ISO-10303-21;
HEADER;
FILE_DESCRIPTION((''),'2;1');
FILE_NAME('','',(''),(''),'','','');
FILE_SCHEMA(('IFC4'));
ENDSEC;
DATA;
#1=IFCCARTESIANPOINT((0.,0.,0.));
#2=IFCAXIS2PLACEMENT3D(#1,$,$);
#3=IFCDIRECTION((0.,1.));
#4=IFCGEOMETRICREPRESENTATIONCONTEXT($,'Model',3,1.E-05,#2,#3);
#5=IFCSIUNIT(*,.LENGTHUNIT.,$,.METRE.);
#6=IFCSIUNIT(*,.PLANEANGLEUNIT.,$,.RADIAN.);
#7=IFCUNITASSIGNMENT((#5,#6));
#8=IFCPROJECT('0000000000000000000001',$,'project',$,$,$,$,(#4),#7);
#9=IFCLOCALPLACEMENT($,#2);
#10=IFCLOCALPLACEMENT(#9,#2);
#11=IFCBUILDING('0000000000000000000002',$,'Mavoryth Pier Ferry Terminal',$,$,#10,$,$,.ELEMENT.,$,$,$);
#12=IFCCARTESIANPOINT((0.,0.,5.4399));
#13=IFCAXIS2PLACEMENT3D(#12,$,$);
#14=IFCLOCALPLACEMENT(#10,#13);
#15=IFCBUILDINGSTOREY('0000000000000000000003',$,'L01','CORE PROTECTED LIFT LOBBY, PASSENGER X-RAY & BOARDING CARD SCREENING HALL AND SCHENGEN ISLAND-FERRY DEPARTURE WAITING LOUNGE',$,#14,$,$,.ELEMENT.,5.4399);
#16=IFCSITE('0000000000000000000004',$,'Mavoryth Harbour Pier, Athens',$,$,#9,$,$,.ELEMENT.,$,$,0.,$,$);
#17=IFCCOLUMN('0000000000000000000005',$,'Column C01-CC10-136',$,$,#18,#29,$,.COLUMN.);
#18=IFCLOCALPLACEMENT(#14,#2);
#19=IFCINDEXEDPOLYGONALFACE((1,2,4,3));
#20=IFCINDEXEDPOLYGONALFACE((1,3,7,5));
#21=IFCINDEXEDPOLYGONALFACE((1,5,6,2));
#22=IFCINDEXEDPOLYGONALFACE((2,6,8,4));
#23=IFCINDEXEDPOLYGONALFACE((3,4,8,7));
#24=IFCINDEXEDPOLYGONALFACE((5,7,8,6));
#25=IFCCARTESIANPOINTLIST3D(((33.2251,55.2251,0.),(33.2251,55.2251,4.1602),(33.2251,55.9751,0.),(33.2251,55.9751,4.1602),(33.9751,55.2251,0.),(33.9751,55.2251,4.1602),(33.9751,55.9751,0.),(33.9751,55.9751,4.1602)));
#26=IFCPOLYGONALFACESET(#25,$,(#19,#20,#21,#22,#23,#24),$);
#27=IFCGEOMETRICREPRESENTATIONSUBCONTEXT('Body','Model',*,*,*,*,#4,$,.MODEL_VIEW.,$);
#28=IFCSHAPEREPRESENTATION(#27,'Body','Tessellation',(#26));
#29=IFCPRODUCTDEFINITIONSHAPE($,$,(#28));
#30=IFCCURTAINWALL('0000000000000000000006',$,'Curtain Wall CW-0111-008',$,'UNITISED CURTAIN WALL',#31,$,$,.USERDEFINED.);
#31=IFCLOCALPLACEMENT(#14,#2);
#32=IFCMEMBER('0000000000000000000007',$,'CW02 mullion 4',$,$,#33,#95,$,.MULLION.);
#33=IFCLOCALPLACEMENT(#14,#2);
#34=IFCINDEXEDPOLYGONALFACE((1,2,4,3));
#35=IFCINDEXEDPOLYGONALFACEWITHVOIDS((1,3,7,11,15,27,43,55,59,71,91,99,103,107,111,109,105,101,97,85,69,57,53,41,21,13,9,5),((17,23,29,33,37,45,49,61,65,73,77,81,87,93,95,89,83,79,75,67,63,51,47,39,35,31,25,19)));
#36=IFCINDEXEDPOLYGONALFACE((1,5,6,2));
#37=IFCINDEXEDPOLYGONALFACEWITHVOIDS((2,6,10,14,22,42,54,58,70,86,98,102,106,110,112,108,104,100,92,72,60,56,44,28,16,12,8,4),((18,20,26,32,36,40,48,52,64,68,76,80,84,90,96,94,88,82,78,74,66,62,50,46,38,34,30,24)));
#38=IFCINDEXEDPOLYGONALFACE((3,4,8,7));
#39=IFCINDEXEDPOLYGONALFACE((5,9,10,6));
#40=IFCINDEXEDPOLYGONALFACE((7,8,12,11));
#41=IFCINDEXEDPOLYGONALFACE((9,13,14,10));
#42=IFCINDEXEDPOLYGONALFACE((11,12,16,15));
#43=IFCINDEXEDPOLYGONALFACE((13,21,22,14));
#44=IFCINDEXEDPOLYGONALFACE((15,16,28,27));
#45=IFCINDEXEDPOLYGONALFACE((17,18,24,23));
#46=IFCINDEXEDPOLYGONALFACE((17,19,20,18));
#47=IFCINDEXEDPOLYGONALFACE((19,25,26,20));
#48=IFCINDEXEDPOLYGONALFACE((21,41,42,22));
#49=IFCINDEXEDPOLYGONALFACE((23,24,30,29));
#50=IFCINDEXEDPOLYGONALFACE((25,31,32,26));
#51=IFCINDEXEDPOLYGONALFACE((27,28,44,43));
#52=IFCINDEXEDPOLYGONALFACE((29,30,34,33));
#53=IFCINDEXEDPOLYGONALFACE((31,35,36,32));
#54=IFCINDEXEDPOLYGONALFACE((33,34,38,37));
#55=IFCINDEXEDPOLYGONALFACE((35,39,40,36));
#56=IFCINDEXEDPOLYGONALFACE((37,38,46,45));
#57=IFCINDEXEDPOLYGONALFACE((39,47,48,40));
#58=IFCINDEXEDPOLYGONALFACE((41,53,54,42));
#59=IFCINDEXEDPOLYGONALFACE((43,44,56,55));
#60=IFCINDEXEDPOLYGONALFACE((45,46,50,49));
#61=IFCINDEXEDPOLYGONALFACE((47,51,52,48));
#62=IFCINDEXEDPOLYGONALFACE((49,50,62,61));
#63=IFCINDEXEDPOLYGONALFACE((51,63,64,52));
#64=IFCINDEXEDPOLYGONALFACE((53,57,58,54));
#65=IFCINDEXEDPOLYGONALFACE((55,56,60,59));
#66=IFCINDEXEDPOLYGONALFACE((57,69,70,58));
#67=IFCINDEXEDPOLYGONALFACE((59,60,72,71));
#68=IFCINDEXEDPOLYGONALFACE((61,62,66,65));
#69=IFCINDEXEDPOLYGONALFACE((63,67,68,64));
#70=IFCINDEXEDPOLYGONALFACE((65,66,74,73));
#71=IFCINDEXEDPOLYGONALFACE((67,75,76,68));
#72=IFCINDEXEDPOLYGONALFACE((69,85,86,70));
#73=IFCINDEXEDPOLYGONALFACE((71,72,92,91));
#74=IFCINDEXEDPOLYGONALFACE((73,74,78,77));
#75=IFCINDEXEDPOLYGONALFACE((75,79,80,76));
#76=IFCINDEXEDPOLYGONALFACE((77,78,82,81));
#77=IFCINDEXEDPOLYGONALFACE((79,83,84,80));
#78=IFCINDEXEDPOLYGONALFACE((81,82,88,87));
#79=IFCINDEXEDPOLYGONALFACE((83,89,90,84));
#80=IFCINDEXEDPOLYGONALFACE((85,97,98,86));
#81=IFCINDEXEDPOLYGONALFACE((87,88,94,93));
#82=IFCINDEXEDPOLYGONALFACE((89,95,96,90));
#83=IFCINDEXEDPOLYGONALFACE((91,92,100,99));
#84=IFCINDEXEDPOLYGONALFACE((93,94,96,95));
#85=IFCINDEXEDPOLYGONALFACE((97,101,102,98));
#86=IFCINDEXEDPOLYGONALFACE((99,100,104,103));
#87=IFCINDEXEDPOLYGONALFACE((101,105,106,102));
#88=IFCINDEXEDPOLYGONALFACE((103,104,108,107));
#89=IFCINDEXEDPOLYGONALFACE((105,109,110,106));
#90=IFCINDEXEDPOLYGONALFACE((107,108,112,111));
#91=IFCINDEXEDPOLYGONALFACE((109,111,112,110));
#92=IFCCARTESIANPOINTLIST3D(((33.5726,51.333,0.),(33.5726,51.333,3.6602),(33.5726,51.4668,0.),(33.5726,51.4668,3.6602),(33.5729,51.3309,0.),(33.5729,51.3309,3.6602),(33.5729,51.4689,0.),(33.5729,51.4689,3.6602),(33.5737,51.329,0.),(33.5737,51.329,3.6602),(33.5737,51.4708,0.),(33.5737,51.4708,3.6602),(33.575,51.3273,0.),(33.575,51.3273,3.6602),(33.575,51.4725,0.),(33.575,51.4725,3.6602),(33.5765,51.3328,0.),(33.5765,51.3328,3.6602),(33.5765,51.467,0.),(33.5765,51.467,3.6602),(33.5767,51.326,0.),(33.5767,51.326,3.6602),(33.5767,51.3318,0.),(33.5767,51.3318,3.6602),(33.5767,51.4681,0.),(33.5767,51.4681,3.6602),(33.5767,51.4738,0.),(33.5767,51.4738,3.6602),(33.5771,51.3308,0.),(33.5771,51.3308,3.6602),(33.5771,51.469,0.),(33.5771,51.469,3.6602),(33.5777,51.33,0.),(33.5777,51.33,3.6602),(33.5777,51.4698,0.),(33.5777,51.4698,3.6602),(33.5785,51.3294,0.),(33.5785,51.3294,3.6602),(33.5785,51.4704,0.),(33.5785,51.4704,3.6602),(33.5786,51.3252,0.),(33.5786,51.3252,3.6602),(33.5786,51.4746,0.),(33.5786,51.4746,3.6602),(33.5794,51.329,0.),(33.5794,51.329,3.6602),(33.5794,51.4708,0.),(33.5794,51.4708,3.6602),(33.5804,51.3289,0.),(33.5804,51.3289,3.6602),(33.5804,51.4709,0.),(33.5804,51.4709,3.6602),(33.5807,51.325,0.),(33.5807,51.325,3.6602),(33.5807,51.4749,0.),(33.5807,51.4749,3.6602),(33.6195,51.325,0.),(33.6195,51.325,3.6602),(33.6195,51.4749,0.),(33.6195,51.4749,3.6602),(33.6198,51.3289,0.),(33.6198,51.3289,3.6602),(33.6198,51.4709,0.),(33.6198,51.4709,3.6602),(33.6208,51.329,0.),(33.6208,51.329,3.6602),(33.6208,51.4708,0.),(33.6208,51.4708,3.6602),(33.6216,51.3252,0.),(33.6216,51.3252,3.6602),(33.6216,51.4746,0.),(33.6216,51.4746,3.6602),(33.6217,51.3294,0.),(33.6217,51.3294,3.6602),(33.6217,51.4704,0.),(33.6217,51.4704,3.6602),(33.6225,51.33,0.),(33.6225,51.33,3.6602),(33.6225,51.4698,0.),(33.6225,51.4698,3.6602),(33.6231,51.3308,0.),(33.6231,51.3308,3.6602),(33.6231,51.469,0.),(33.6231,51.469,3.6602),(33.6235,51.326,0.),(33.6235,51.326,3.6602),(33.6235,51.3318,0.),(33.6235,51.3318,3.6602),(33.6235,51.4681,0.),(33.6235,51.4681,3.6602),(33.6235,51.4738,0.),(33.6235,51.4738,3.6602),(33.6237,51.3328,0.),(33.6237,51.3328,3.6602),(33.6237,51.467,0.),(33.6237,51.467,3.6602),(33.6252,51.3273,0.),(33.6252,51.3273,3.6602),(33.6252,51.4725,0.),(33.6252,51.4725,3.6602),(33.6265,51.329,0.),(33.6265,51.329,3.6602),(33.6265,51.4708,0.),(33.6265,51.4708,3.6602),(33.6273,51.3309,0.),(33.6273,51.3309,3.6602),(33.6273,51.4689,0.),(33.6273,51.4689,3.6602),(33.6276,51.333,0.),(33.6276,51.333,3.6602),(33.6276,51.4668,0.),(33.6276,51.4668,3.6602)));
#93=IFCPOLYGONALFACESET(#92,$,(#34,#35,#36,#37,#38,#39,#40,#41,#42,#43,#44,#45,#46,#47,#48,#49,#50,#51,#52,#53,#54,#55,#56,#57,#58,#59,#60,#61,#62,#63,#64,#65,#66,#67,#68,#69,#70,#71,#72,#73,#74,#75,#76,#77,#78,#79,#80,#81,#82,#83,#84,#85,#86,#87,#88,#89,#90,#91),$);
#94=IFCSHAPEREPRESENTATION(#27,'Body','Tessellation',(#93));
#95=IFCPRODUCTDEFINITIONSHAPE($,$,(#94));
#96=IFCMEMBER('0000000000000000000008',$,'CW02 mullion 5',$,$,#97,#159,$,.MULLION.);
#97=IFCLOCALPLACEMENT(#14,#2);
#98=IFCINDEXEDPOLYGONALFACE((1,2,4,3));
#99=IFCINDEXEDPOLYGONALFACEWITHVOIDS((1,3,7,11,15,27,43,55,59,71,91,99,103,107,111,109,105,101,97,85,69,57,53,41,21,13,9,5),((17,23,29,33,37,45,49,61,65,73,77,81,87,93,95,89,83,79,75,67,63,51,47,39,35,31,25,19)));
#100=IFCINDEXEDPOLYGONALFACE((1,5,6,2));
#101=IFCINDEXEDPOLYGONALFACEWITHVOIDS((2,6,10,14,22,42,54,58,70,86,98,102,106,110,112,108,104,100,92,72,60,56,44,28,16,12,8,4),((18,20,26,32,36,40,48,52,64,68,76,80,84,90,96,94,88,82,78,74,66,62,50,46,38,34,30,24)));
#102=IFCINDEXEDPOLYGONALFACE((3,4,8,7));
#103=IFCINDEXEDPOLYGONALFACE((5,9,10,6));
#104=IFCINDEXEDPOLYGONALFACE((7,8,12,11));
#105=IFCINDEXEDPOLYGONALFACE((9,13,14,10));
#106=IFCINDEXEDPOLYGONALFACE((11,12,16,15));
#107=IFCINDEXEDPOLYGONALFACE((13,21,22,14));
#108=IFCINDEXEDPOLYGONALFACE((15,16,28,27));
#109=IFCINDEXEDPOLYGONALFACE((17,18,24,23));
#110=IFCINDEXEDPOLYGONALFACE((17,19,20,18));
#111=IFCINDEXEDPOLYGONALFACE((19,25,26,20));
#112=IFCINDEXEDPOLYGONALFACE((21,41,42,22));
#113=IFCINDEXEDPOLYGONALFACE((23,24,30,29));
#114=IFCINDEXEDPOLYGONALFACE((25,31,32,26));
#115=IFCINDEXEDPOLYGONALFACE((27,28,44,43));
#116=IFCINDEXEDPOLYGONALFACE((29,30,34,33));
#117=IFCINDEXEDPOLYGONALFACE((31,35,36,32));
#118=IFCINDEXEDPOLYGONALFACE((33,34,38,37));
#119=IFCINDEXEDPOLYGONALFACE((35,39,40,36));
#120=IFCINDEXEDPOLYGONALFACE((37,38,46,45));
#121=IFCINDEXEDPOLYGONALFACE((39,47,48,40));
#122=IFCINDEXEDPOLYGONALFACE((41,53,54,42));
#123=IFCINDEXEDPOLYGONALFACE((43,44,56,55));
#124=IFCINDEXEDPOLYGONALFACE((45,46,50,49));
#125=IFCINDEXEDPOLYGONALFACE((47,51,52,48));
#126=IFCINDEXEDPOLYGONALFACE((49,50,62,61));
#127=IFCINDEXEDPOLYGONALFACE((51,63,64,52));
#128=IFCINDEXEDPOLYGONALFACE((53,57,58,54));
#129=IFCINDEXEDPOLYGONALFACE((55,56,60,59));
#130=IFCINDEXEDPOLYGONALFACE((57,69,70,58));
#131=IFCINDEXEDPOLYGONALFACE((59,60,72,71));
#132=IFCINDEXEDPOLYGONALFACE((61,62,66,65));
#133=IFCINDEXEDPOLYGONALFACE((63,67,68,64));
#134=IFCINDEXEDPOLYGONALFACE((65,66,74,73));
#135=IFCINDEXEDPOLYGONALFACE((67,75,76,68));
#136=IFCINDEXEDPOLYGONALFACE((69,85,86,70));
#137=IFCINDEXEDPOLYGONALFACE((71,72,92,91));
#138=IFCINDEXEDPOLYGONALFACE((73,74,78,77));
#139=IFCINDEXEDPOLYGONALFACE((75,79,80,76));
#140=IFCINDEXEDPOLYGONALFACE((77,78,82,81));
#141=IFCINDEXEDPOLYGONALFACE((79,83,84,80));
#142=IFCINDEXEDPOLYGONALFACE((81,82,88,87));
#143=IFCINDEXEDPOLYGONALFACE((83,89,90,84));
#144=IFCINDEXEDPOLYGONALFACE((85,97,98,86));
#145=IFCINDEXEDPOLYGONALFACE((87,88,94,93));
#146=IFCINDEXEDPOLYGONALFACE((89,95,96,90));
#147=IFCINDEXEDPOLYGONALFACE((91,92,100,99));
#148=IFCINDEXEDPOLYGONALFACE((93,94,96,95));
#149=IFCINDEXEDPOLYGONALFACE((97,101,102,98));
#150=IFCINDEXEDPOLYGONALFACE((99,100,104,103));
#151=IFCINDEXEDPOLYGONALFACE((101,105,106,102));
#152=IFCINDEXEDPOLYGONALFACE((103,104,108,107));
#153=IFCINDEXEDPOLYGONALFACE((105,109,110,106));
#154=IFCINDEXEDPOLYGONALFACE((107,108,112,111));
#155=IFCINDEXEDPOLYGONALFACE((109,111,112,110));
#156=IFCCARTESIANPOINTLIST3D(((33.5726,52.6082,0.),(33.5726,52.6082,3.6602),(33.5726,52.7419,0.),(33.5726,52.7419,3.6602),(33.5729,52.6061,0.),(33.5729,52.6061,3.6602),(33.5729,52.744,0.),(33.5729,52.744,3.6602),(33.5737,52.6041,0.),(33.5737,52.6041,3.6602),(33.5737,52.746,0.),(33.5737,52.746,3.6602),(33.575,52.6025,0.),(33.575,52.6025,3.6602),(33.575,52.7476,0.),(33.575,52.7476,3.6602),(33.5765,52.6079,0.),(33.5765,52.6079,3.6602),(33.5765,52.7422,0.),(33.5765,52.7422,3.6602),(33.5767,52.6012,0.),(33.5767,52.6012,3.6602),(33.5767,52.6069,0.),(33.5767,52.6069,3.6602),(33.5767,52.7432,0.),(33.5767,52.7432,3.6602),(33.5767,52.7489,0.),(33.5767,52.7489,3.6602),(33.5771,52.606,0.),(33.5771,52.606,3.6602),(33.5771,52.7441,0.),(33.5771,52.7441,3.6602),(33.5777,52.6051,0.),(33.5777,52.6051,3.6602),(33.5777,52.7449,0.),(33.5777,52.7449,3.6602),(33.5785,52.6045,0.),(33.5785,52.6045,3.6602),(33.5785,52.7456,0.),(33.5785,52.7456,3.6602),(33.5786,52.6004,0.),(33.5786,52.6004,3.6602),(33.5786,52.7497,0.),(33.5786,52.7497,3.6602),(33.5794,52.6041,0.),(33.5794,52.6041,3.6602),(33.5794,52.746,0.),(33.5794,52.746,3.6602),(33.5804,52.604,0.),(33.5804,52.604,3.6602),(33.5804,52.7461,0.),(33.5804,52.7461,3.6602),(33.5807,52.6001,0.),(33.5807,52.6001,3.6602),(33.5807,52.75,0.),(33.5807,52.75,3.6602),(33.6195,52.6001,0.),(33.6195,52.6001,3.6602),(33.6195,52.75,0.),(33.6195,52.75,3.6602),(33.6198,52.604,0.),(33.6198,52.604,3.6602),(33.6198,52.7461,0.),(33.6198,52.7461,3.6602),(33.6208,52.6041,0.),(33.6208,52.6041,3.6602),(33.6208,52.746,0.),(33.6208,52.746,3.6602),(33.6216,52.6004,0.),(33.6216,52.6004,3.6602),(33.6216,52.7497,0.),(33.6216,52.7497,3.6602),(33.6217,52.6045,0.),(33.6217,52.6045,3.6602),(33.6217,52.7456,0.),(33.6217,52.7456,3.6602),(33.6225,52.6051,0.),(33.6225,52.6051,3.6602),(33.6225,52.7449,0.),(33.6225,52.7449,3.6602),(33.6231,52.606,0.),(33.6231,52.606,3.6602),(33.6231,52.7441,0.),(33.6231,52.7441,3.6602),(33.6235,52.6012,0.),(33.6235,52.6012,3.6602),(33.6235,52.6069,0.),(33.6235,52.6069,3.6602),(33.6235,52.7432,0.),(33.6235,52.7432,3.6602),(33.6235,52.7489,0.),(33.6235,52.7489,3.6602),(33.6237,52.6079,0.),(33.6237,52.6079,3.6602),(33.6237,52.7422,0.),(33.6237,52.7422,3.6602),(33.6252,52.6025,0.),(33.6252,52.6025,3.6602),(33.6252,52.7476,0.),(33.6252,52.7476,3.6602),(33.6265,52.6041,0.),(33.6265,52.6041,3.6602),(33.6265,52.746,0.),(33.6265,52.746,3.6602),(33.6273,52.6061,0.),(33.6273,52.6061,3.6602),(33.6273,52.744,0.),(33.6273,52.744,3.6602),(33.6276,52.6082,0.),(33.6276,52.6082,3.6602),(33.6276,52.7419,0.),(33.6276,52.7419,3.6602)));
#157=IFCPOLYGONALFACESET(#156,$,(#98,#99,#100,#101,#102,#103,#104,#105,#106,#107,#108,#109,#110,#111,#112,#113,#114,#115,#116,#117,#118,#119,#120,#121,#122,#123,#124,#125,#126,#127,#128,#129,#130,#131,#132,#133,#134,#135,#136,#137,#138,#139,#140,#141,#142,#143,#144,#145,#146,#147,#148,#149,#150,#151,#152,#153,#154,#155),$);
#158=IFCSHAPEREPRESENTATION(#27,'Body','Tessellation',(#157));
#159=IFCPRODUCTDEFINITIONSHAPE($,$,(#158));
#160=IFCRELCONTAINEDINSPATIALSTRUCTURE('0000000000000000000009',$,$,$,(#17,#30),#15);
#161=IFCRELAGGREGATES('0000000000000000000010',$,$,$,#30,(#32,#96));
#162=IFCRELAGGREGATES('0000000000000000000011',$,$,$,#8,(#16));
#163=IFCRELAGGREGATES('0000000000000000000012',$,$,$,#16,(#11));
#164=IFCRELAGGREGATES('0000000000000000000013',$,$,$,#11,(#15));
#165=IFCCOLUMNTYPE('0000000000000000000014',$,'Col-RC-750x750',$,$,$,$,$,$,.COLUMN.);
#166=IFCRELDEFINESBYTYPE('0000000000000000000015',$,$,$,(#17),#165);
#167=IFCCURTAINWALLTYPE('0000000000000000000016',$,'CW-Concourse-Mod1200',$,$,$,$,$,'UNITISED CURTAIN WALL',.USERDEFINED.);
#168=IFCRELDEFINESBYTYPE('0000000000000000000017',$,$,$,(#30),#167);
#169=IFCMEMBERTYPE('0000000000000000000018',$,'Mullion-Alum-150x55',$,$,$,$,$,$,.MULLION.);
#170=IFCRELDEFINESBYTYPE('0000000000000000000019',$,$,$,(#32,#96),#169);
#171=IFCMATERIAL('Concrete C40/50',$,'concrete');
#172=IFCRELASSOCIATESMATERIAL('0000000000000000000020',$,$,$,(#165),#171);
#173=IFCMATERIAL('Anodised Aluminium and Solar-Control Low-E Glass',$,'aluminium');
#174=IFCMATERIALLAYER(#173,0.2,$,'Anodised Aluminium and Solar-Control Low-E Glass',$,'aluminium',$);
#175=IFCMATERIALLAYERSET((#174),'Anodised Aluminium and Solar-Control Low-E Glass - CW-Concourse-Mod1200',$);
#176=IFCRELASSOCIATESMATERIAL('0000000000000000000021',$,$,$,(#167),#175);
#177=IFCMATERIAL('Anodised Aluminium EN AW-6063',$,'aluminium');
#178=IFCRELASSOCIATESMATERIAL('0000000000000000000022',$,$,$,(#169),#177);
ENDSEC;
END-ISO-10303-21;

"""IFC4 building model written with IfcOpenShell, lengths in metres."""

from ifc_helpers import new_model, si_unit, direction, frame, origin, origin_2d, place, context, subcontext, project, spatial, rectangle, hollow_rectangle, extrude, material, layer, layer_set, material_profile, profile_set, type_object, element, aggregate, save


model = new_model("IFC4")

# Units and contexts
model_context = context("Model", 3, precision=1e-05, world=origin(), true_north=direction((0.0, 1.0)))
body_context = subcontext(model_context, "Body", "Model", "MODEL_VIEW")
ifc_project = project(units=[si_unit("LENGTHUNIT", "METRE"), si_unit("PLANEANGLEUNIT", "RADIAN")], contexts=[model_context])

# Site, building, storey
site_placement = place(None, origin())
site = spatial("IfcSite", under=ifc_project, at=site_placement, Name="Mavoryth Harbour Pier, Athens", CompositionType="ELEMENT", RefElevation=0.0)
building_placement = place(site_placement, origin())
building = spatial("IfcBuilding", under=site, at=building_placement, Name="Mavoryth Pier Ferry Terminal", CompositionType="ELEMENT")
storey_placement = place(building_placement, frame((0.0, 0.0, 5.4399)))
storey = spatial("IfcBuildingStorey", under=building, at=storey_placement, Name="L01", Description="CORE PROTECTED LIFT LOBBY, PASSENGER X-RAY & BOARDING CARD SCREENING HALL AND SCHENGEN ISLAND-FERRY DEPARTURE WAITING LOUNGE", CompositionType="ELEMENT", Elevation=5.4399)

# Column
ifc_material_1 = material(Name="Concrete C40/50", Category="concrete")
ifc_material_profile_1 = material_profile(ifc_material_1, rectangle(XDim=0.75, YDim=0.75, at=origin_2d()), Name="RC 750x750", Category="concrete")
ifc_profile_set_1 = profile_set([ifc_material_profile_1], Name="Concrete C40/50 - RC 750x750")
column_type = type_object("IfcColumnType", Name="Col-RC-750x750", PredefinedType="COLUMN", material=ifc_profile_set_1)
column_placement = place(storey_placement, frame((33.6001, 55.6001, 0.0), z_axis=(0.0, 0.0, 1.0), x_axis=(1.0, 0.0, 0.0)))
element("IfcColumn", 1, at=column_placement, inside=storey, type_object=column_type, Name="Column C01-CC10-136", PredefinedType="COLUMN", context=body_context, shape_type="SweptSolid", body=[
    extrude(rectangle(XDim=0.75, YDim=0.75, at=origin_2d()), origin(), (0.0, 0.0, 1.0), 4.1602),
])

# Curtain wall, members
ifc_material_2 = material(Name="Anodised Aluminium and Solar-Control Low-E Glass", Category="aluminium")
ifc_layer_1 = layer(ifc_material_2, 0.2, Name="Anodised Aluminium and Solar-Control Low-E Glass", Category="aluminium")
ifc_layer_set_1 = layer_set([ifc_layer_1], Name="Anodised Aluminium and Solar-Control Low-E Glass - CW-Concourse-Mod1200")
curtain_wall_type = type_object("IfcCurtainWallType", Name="CW-Concourse-Mod1200", ElementType="UNITISED CURTAIN WALL", PredefinedType="USERDEFINED", material=ifc_layer_set_1)
curtain_wall_1_placement = place(storey_placement, origin())
curtain_wall_1 = element("IfcCurtainWall", 2, at=curtain_wall_1_placement, inside=storey, type_object=curtain_wall_type, Name="Curtain Wall CW-0111-008", ObjectType="UNITISED CURTAIN WALL", PredefinedType="USERDEFINED")
ifc_material_3 = material(Name="Anodised Aluminium EN AW-6063", Category="aluminium")
ifc_material_profile_2 = material_profile(ifc_material_3, hollow_rectangle(XDim=0.0549, YDim=0.1499, WallThickness=0.0039, InnerFilletRadius=0.0039, OuterFilletRadius=0.0081, at=origin_2d()), Name="AL-MULL 150x55x4", Category="aluminium")
ifc_profile_set_2 = profile_set([ifc_material_profile_2], Name="Anodised Aluminium EN AW-6063 - AL-MULL 150x55x4")
member_type_1 = type_object("IfcMemberType", Name="Mullion-Alum-150x55", PredefinedType="MULLION", material=ifc_profile_set_2)
member_1_placement = place(storey_placement, frame((33.6001, 51.3999, 0.0), z_axis=(0.0, 0.0, 1.0), x_axis=(-1.0, 0.0, 0.0)))
member_1 = element("IfcMember", 3, at=member_1_placement, type_object=member_type_1, Name="CW02 mullion 4", PredefinedType="MULLION", context=body_context, shape_type="SweptSolid", body=[
    extrude(hollow_rectangle(XDim=0.0549, YDim=0.1499, WallThickness=0.0039, InnerFilletRadius=0.0039, OuterFilletRadius=0.0081, at=origin_2d()), origin(), (0.0, 0.0, 1.0), 3.6602),
])
member_2_placement = place(storey_placement, frame((33.6001, 52.675, 0.0), z_axis=(0.0, 0.0, 1.0), x_axis=(-1.0, 0.0, 0.0)))
member_2 = element("IfcMember", 4, at=member_2_placement, type_object=member_type_1, Name="CW02 mullion 5", PredefinedType="MULLION", context=body_context, shape_type="SweptSolid", body=[
    extrude(hollow_rectangle(XDim=0.0549, YDim=0.1499, WallThickness=0.0039, InnerFilletRadius=0.0039, OuterFilletRadius=0.0081, at=origin_2d()), origin(), (0.0, 0.0, 1.0), 3.6602),
])

aggregate(curtain_wall_1, [member_1, member_2])

save(model, "model.ifc")
